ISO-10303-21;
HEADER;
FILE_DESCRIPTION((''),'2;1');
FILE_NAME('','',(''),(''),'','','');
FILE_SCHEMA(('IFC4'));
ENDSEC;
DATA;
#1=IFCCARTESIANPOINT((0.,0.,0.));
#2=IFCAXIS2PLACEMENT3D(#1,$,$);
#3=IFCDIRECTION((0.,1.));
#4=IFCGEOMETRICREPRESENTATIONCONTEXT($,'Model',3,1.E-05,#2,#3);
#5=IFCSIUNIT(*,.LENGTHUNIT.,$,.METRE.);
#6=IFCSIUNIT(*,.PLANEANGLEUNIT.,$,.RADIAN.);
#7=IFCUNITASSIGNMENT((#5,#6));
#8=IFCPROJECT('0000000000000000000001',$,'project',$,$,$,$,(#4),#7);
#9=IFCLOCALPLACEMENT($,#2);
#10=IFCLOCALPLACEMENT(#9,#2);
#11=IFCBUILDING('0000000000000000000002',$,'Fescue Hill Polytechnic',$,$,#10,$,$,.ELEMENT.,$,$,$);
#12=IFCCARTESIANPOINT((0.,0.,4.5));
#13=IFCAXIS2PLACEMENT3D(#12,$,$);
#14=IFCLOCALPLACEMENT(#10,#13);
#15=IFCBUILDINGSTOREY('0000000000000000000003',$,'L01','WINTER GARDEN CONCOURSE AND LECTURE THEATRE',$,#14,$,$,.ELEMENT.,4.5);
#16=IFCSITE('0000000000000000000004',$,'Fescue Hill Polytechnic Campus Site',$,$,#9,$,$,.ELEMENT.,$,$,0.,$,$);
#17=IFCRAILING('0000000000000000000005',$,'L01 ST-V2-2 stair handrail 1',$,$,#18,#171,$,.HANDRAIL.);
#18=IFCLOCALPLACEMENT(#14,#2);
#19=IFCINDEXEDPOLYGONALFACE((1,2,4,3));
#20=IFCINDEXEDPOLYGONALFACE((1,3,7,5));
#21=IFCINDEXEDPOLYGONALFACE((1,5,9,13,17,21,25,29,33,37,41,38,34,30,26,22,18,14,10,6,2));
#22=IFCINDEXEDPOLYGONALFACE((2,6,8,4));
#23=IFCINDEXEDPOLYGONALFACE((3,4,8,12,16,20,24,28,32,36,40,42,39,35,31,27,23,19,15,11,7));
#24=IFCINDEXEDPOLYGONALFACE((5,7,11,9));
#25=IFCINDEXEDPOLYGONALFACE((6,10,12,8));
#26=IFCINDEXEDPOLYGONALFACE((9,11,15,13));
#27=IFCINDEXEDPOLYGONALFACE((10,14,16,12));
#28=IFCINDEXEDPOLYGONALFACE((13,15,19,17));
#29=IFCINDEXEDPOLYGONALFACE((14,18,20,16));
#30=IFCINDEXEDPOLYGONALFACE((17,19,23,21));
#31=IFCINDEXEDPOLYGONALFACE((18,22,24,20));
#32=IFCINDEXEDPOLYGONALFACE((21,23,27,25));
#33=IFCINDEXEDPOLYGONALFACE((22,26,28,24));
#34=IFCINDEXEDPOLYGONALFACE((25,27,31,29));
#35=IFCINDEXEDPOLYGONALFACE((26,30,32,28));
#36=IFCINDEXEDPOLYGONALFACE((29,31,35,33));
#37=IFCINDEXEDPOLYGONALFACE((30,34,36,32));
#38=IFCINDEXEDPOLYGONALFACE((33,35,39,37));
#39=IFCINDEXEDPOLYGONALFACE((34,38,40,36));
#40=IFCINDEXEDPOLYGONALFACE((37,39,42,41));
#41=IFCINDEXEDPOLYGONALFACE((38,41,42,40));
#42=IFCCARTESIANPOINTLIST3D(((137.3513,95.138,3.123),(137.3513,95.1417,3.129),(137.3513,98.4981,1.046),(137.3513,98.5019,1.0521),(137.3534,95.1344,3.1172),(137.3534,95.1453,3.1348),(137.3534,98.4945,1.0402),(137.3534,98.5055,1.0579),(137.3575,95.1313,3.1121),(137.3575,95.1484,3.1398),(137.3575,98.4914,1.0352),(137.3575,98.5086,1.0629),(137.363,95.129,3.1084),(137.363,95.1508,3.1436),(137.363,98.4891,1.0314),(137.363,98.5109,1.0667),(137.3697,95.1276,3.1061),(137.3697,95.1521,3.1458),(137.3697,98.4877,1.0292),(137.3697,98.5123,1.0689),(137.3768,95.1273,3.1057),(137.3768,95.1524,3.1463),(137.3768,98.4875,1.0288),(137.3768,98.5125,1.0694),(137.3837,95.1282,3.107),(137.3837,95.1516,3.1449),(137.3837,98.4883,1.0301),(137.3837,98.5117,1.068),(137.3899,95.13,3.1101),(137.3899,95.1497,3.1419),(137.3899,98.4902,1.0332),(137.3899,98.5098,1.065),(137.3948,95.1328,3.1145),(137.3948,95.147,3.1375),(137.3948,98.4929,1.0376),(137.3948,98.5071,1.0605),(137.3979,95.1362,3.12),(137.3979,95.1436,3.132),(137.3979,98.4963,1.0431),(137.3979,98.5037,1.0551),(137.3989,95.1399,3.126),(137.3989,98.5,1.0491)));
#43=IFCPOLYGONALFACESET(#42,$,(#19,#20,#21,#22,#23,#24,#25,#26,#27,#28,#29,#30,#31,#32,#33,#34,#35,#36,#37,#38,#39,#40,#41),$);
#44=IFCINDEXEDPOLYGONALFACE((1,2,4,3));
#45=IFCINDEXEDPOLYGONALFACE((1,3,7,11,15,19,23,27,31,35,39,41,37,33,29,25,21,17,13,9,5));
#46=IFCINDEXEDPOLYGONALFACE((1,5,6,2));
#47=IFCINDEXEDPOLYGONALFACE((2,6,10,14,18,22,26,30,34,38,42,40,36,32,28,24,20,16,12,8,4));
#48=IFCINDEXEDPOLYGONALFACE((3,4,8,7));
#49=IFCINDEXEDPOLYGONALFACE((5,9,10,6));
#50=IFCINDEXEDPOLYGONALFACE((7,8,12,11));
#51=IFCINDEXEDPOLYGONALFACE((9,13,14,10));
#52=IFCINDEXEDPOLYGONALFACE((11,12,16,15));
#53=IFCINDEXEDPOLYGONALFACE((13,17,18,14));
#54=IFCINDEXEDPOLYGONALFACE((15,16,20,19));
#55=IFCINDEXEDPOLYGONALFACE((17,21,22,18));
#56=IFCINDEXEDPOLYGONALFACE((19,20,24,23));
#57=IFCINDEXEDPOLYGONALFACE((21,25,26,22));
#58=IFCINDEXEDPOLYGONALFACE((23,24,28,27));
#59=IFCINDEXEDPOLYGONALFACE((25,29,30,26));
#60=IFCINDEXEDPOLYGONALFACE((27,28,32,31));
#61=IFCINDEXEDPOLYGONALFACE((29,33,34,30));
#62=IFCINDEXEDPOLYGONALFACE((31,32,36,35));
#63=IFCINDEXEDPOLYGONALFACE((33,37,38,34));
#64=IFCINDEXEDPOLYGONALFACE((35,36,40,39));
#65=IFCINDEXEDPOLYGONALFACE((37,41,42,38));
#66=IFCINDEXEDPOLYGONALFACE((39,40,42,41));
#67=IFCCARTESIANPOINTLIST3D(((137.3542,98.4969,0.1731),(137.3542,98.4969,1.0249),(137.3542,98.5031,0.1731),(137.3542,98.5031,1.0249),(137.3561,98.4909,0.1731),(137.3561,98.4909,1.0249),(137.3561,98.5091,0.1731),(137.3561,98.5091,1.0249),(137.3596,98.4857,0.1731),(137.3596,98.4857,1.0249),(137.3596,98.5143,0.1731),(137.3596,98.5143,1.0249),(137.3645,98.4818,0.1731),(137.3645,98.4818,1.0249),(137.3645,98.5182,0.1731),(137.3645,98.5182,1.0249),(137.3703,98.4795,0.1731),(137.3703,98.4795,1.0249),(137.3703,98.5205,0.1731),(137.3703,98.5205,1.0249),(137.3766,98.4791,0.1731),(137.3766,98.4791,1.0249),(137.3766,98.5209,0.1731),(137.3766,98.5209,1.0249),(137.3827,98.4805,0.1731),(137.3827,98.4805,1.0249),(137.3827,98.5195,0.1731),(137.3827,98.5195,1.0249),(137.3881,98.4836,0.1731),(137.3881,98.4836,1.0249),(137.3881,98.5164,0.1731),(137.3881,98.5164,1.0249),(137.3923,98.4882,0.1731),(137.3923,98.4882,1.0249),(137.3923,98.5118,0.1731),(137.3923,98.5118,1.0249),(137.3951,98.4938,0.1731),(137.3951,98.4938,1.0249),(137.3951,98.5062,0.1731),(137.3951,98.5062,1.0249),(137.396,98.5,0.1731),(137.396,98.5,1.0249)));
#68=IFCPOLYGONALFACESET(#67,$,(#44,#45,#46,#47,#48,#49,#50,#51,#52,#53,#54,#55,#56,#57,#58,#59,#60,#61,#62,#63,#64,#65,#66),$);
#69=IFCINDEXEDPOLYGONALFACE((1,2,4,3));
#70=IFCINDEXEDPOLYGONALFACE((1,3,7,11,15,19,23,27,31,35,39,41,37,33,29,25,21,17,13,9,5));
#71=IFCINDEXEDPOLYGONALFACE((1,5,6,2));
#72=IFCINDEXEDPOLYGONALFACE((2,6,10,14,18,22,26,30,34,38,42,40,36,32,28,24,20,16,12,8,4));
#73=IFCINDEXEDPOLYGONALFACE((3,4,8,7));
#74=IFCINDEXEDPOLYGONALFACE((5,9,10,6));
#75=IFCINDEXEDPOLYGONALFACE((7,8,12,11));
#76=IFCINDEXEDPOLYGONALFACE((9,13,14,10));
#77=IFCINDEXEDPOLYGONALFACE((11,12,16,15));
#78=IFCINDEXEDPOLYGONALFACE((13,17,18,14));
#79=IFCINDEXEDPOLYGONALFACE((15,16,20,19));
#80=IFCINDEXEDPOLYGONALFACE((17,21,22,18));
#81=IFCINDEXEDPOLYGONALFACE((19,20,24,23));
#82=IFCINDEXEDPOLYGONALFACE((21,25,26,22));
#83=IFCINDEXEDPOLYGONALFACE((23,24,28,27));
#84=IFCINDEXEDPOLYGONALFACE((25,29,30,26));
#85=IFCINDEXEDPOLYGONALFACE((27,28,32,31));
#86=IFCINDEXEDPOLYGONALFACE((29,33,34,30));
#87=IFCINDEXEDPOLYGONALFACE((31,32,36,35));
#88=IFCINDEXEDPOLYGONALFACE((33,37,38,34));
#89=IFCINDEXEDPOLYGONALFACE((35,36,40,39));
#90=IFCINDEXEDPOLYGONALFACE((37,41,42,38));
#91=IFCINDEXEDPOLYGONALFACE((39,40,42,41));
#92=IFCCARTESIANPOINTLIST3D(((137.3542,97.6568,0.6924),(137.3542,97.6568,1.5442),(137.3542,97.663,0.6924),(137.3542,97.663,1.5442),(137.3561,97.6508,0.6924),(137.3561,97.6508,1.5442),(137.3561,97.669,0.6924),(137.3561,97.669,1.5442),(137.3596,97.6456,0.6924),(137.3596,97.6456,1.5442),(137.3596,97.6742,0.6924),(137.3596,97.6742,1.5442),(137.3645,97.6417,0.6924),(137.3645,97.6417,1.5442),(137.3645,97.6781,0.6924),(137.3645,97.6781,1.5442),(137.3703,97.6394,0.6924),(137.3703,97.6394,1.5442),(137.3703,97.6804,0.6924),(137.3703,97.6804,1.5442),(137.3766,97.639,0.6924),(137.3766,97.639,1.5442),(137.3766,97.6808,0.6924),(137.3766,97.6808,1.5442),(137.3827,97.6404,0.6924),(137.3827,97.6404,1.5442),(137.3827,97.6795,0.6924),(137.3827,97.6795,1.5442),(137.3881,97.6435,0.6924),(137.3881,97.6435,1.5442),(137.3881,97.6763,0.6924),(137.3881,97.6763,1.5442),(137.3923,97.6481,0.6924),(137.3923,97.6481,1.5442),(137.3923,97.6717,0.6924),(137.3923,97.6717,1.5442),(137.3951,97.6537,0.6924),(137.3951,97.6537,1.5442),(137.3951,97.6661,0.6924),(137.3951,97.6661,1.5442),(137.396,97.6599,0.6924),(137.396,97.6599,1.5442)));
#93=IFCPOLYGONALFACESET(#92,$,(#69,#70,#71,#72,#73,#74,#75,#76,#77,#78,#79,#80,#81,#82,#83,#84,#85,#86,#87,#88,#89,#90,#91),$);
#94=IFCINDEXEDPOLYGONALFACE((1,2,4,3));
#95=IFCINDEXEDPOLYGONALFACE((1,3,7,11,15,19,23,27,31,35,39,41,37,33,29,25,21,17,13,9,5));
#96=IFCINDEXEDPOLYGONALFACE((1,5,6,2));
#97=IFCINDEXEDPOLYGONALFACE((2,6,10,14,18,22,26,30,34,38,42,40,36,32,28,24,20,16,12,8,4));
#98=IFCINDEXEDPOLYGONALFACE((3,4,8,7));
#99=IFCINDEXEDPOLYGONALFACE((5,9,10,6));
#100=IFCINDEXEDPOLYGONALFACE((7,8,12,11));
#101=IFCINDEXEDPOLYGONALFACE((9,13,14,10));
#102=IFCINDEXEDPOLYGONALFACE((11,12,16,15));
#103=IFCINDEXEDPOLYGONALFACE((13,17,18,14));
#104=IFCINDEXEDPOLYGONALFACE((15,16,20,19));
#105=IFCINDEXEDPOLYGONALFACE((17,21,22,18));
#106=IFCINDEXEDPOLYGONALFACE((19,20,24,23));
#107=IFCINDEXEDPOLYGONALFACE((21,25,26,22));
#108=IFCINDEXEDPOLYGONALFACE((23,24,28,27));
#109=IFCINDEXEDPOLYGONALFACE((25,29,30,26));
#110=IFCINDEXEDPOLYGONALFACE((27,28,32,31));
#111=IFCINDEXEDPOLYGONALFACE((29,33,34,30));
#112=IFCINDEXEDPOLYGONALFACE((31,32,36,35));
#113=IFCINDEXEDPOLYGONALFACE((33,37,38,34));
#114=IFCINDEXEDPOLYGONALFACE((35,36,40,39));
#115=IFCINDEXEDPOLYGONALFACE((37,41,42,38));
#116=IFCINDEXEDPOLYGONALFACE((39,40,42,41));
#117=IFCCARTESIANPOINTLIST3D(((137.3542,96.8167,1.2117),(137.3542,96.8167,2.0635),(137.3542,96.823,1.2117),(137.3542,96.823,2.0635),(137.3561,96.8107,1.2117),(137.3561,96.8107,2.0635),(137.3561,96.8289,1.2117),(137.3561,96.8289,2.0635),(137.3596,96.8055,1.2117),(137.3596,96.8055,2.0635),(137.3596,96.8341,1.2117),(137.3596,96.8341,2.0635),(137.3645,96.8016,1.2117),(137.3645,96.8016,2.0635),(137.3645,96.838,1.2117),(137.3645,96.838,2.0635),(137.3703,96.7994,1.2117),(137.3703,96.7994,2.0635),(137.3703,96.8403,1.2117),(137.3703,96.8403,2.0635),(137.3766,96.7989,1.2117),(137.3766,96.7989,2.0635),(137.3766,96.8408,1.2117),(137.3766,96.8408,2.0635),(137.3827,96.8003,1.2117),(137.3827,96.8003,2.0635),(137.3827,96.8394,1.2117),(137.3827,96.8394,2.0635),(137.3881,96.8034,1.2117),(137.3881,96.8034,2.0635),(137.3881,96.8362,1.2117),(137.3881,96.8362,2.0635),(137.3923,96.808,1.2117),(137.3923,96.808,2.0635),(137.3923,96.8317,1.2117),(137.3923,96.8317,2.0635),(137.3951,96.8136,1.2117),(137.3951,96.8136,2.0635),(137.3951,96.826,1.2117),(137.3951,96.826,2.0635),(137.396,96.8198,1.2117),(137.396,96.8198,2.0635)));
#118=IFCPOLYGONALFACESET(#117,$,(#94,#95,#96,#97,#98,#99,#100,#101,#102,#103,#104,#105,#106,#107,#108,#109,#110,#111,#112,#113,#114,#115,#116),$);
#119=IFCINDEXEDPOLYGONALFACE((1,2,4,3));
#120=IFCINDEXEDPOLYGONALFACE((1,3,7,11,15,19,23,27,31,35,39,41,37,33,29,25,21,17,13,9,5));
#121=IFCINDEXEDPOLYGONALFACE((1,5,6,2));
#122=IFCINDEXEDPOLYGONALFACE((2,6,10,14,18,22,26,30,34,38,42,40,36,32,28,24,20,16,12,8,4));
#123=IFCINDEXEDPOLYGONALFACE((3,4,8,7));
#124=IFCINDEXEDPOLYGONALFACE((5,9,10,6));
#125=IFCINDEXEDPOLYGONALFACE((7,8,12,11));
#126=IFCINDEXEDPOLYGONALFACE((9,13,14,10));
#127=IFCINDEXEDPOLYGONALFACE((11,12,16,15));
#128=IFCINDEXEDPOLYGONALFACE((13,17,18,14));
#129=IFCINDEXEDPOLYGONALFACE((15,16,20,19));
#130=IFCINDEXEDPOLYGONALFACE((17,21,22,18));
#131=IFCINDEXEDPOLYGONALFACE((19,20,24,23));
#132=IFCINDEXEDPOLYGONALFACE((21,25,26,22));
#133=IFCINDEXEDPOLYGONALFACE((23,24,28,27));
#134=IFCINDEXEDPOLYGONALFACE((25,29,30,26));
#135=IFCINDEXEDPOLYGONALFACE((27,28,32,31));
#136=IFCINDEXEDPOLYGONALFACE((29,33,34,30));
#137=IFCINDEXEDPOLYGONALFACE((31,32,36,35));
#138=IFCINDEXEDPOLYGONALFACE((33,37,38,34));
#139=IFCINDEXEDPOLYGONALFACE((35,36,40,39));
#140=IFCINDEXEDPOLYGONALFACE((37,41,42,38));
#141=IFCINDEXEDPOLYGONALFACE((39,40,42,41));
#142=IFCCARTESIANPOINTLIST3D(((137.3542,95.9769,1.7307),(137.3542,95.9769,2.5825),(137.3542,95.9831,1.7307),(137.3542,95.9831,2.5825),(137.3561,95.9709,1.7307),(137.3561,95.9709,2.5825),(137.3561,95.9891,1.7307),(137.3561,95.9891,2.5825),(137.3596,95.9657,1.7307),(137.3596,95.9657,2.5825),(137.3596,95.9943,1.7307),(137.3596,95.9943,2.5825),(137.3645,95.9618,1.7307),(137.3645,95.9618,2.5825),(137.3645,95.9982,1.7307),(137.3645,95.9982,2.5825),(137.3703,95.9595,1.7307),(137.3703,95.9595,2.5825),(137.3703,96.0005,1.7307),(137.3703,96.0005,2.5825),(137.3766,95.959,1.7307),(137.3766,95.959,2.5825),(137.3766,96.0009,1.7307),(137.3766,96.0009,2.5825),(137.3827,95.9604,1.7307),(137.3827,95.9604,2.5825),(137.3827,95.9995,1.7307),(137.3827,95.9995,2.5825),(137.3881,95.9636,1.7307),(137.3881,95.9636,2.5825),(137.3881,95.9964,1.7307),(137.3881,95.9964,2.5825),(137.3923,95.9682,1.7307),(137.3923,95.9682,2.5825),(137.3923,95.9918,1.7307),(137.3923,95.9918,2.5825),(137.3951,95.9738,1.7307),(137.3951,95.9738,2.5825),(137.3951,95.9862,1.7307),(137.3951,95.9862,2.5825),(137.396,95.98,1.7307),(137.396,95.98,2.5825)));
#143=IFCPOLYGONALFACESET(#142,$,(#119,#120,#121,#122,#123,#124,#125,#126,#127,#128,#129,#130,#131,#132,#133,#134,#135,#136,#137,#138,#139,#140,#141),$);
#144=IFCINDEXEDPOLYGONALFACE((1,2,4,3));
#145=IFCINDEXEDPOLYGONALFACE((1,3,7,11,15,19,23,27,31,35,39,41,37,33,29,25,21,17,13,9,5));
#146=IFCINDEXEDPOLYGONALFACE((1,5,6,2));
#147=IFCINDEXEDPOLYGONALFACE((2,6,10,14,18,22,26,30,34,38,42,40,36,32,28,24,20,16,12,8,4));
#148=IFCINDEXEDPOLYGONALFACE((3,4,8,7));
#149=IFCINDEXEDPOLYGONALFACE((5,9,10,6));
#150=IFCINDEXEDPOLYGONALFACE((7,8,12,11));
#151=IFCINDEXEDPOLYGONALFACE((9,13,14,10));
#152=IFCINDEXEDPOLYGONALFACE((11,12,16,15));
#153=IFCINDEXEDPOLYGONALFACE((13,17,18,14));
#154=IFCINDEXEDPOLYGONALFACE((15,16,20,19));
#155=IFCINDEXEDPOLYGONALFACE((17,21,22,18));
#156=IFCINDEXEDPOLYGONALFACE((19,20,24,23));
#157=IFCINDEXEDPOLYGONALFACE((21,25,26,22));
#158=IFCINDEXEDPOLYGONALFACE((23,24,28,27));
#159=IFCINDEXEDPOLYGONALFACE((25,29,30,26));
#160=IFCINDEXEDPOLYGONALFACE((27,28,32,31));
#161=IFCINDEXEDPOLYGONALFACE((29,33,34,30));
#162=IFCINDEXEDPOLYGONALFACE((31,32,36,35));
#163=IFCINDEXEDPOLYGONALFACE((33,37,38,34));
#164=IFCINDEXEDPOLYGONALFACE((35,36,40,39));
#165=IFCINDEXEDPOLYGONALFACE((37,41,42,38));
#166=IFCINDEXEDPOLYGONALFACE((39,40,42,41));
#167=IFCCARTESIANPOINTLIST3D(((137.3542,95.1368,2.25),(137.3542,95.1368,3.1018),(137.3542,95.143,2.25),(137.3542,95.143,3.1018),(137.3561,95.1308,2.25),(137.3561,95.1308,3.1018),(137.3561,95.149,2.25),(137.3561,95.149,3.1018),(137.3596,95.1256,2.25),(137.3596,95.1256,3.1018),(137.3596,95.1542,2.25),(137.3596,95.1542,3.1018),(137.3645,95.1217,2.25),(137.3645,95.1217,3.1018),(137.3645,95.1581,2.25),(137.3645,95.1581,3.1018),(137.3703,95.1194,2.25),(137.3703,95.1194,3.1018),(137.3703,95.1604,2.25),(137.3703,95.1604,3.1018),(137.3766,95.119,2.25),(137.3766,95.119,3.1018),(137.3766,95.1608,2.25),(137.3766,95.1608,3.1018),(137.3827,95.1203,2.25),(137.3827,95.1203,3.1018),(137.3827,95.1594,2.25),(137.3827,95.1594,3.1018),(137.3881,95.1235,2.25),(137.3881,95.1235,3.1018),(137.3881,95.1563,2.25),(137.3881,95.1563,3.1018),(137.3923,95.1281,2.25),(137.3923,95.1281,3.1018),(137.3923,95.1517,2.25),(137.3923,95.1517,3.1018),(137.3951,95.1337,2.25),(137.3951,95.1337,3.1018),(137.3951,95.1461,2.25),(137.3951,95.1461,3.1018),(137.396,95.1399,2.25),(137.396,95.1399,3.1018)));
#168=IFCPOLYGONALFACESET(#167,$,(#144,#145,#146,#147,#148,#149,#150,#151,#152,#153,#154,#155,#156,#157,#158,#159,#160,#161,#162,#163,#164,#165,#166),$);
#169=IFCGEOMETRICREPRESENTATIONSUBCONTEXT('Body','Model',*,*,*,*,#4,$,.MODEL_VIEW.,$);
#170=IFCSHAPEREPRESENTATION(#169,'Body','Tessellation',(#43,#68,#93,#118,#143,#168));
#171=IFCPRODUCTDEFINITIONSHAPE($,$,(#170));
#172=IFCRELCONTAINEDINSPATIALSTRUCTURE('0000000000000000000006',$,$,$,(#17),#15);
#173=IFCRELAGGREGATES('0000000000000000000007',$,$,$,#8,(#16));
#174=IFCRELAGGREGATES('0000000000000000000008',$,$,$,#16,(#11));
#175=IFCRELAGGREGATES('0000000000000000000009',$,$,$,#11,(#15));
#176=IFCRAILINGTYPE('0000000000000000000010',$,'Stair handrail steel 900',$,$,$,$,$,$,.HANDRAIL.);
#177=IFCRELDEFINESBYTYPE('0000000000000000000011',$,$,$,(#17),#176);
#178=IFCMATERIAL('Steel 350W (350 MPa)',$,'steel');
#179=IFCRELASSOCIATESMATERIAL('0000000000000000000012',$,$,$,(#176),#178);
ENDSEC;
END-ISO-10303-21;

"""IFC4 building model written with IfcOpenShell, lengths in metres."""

from ifc_helpers import new_model, si_unit, direction, frame, origin, origin_2d, place, context, subcontext, project, spatial, circle, extrude, material, type_object, element, save


model = new_model("IFC4")

# Units and contexts
model_context = context("Model", 3, precision=1e-05, world=origin(), true_north=direction((0.0, 1.0)))
body_context = subcontext(model_context, "Body", "Model", "MODEL_VIEW")
ifc_project = project(units=[si_unit("LENGTHUNIT", "METRE"), si_unit("PLANEANGLEUNIT", "RADIAN")], contexts=[model_context])

# Site, building, storey
site_placement = place(None, origin())
site = spatial("IfcSite", under=ifc_project, at=site_placement, Name="Fescue Hill Polytechnic Campus Site", CompositionType="ELEMENT", RefElevation=0.0)
building_placement = place(site_placement, origin())
building = spatial("IfcBuilding", under=site, at=building_placement, Name="Fescue Hill Polytechnic", CompositionType="ELEMENT")
storey_placement = place(building_placement, frame((0.0, 0.0, 4.5)))
storey = spatial("IfcBuildingStorey", under=building, at=storey_placement, Name="L01", Description="WINTER GARDEN CONCOURSE AND LECTURE THEATRE", CompositionType="ELEMENT", Elevation=4.5)

# Railing
ifc_material_1 = material(Name="Steel 350W (350 MPa)", Category="steel")
railing_type_1 = type_object("IfcRailingType", Name="Stair handrail steel 900", PredefinedType="HANDRAIL", material=ifc_material_1)
railing_1_placement = place(storey_placement, frame((137.375, 98.5, 0.1731)))
element("IfcRailing", 1, at=railing_1_placement, inside=storey, type_object=railing_type_1, Name="L01 ST-V2-2 stair handrail 1", PredefinedType="HANDRAIL", context=body_context, shape_type="SweptSolid", body=[
    extrude(circle(Radius=0.0239, at=origin_2d()), frame((0.0, 0.0, 0.876), z_axis=(0.0, -0.850623, 0.525776), x_axis=(1.0, 0.0, 0.0)), (0.0, 0.0, 1.0), 3.9502),
    extrude(circle(Radius=0.021, at=origin_2d()), origin(), (0.0, 0.0, 1.0), 0.8518),
    extrude(circle(Radius=0.021, at=origin_2d()), frame((0.0, -0.8401, 0.5193)), (0.0, 0.0, 1.0), 0.8518),
    extrude(circle(Radius=0.021, at=origin_2d()), frame((0.0, -1.6802, 1.0386)), (0.0, 0.0, 1.0), 0.8518),
    extrude(circle(Radius=0.021, at=origin_2d()), frame((0.0, -2.52, 1.5576)), (0.0, 0.0, 1.0), 0.8518),
    extrude(circle(Radius=0.021, at=origin_2d()), frame((0.0, -3.3601, 2.0769)), (0.0, 0.0, 1.0), 0.8518),
])

save(model, "model.ifc")
